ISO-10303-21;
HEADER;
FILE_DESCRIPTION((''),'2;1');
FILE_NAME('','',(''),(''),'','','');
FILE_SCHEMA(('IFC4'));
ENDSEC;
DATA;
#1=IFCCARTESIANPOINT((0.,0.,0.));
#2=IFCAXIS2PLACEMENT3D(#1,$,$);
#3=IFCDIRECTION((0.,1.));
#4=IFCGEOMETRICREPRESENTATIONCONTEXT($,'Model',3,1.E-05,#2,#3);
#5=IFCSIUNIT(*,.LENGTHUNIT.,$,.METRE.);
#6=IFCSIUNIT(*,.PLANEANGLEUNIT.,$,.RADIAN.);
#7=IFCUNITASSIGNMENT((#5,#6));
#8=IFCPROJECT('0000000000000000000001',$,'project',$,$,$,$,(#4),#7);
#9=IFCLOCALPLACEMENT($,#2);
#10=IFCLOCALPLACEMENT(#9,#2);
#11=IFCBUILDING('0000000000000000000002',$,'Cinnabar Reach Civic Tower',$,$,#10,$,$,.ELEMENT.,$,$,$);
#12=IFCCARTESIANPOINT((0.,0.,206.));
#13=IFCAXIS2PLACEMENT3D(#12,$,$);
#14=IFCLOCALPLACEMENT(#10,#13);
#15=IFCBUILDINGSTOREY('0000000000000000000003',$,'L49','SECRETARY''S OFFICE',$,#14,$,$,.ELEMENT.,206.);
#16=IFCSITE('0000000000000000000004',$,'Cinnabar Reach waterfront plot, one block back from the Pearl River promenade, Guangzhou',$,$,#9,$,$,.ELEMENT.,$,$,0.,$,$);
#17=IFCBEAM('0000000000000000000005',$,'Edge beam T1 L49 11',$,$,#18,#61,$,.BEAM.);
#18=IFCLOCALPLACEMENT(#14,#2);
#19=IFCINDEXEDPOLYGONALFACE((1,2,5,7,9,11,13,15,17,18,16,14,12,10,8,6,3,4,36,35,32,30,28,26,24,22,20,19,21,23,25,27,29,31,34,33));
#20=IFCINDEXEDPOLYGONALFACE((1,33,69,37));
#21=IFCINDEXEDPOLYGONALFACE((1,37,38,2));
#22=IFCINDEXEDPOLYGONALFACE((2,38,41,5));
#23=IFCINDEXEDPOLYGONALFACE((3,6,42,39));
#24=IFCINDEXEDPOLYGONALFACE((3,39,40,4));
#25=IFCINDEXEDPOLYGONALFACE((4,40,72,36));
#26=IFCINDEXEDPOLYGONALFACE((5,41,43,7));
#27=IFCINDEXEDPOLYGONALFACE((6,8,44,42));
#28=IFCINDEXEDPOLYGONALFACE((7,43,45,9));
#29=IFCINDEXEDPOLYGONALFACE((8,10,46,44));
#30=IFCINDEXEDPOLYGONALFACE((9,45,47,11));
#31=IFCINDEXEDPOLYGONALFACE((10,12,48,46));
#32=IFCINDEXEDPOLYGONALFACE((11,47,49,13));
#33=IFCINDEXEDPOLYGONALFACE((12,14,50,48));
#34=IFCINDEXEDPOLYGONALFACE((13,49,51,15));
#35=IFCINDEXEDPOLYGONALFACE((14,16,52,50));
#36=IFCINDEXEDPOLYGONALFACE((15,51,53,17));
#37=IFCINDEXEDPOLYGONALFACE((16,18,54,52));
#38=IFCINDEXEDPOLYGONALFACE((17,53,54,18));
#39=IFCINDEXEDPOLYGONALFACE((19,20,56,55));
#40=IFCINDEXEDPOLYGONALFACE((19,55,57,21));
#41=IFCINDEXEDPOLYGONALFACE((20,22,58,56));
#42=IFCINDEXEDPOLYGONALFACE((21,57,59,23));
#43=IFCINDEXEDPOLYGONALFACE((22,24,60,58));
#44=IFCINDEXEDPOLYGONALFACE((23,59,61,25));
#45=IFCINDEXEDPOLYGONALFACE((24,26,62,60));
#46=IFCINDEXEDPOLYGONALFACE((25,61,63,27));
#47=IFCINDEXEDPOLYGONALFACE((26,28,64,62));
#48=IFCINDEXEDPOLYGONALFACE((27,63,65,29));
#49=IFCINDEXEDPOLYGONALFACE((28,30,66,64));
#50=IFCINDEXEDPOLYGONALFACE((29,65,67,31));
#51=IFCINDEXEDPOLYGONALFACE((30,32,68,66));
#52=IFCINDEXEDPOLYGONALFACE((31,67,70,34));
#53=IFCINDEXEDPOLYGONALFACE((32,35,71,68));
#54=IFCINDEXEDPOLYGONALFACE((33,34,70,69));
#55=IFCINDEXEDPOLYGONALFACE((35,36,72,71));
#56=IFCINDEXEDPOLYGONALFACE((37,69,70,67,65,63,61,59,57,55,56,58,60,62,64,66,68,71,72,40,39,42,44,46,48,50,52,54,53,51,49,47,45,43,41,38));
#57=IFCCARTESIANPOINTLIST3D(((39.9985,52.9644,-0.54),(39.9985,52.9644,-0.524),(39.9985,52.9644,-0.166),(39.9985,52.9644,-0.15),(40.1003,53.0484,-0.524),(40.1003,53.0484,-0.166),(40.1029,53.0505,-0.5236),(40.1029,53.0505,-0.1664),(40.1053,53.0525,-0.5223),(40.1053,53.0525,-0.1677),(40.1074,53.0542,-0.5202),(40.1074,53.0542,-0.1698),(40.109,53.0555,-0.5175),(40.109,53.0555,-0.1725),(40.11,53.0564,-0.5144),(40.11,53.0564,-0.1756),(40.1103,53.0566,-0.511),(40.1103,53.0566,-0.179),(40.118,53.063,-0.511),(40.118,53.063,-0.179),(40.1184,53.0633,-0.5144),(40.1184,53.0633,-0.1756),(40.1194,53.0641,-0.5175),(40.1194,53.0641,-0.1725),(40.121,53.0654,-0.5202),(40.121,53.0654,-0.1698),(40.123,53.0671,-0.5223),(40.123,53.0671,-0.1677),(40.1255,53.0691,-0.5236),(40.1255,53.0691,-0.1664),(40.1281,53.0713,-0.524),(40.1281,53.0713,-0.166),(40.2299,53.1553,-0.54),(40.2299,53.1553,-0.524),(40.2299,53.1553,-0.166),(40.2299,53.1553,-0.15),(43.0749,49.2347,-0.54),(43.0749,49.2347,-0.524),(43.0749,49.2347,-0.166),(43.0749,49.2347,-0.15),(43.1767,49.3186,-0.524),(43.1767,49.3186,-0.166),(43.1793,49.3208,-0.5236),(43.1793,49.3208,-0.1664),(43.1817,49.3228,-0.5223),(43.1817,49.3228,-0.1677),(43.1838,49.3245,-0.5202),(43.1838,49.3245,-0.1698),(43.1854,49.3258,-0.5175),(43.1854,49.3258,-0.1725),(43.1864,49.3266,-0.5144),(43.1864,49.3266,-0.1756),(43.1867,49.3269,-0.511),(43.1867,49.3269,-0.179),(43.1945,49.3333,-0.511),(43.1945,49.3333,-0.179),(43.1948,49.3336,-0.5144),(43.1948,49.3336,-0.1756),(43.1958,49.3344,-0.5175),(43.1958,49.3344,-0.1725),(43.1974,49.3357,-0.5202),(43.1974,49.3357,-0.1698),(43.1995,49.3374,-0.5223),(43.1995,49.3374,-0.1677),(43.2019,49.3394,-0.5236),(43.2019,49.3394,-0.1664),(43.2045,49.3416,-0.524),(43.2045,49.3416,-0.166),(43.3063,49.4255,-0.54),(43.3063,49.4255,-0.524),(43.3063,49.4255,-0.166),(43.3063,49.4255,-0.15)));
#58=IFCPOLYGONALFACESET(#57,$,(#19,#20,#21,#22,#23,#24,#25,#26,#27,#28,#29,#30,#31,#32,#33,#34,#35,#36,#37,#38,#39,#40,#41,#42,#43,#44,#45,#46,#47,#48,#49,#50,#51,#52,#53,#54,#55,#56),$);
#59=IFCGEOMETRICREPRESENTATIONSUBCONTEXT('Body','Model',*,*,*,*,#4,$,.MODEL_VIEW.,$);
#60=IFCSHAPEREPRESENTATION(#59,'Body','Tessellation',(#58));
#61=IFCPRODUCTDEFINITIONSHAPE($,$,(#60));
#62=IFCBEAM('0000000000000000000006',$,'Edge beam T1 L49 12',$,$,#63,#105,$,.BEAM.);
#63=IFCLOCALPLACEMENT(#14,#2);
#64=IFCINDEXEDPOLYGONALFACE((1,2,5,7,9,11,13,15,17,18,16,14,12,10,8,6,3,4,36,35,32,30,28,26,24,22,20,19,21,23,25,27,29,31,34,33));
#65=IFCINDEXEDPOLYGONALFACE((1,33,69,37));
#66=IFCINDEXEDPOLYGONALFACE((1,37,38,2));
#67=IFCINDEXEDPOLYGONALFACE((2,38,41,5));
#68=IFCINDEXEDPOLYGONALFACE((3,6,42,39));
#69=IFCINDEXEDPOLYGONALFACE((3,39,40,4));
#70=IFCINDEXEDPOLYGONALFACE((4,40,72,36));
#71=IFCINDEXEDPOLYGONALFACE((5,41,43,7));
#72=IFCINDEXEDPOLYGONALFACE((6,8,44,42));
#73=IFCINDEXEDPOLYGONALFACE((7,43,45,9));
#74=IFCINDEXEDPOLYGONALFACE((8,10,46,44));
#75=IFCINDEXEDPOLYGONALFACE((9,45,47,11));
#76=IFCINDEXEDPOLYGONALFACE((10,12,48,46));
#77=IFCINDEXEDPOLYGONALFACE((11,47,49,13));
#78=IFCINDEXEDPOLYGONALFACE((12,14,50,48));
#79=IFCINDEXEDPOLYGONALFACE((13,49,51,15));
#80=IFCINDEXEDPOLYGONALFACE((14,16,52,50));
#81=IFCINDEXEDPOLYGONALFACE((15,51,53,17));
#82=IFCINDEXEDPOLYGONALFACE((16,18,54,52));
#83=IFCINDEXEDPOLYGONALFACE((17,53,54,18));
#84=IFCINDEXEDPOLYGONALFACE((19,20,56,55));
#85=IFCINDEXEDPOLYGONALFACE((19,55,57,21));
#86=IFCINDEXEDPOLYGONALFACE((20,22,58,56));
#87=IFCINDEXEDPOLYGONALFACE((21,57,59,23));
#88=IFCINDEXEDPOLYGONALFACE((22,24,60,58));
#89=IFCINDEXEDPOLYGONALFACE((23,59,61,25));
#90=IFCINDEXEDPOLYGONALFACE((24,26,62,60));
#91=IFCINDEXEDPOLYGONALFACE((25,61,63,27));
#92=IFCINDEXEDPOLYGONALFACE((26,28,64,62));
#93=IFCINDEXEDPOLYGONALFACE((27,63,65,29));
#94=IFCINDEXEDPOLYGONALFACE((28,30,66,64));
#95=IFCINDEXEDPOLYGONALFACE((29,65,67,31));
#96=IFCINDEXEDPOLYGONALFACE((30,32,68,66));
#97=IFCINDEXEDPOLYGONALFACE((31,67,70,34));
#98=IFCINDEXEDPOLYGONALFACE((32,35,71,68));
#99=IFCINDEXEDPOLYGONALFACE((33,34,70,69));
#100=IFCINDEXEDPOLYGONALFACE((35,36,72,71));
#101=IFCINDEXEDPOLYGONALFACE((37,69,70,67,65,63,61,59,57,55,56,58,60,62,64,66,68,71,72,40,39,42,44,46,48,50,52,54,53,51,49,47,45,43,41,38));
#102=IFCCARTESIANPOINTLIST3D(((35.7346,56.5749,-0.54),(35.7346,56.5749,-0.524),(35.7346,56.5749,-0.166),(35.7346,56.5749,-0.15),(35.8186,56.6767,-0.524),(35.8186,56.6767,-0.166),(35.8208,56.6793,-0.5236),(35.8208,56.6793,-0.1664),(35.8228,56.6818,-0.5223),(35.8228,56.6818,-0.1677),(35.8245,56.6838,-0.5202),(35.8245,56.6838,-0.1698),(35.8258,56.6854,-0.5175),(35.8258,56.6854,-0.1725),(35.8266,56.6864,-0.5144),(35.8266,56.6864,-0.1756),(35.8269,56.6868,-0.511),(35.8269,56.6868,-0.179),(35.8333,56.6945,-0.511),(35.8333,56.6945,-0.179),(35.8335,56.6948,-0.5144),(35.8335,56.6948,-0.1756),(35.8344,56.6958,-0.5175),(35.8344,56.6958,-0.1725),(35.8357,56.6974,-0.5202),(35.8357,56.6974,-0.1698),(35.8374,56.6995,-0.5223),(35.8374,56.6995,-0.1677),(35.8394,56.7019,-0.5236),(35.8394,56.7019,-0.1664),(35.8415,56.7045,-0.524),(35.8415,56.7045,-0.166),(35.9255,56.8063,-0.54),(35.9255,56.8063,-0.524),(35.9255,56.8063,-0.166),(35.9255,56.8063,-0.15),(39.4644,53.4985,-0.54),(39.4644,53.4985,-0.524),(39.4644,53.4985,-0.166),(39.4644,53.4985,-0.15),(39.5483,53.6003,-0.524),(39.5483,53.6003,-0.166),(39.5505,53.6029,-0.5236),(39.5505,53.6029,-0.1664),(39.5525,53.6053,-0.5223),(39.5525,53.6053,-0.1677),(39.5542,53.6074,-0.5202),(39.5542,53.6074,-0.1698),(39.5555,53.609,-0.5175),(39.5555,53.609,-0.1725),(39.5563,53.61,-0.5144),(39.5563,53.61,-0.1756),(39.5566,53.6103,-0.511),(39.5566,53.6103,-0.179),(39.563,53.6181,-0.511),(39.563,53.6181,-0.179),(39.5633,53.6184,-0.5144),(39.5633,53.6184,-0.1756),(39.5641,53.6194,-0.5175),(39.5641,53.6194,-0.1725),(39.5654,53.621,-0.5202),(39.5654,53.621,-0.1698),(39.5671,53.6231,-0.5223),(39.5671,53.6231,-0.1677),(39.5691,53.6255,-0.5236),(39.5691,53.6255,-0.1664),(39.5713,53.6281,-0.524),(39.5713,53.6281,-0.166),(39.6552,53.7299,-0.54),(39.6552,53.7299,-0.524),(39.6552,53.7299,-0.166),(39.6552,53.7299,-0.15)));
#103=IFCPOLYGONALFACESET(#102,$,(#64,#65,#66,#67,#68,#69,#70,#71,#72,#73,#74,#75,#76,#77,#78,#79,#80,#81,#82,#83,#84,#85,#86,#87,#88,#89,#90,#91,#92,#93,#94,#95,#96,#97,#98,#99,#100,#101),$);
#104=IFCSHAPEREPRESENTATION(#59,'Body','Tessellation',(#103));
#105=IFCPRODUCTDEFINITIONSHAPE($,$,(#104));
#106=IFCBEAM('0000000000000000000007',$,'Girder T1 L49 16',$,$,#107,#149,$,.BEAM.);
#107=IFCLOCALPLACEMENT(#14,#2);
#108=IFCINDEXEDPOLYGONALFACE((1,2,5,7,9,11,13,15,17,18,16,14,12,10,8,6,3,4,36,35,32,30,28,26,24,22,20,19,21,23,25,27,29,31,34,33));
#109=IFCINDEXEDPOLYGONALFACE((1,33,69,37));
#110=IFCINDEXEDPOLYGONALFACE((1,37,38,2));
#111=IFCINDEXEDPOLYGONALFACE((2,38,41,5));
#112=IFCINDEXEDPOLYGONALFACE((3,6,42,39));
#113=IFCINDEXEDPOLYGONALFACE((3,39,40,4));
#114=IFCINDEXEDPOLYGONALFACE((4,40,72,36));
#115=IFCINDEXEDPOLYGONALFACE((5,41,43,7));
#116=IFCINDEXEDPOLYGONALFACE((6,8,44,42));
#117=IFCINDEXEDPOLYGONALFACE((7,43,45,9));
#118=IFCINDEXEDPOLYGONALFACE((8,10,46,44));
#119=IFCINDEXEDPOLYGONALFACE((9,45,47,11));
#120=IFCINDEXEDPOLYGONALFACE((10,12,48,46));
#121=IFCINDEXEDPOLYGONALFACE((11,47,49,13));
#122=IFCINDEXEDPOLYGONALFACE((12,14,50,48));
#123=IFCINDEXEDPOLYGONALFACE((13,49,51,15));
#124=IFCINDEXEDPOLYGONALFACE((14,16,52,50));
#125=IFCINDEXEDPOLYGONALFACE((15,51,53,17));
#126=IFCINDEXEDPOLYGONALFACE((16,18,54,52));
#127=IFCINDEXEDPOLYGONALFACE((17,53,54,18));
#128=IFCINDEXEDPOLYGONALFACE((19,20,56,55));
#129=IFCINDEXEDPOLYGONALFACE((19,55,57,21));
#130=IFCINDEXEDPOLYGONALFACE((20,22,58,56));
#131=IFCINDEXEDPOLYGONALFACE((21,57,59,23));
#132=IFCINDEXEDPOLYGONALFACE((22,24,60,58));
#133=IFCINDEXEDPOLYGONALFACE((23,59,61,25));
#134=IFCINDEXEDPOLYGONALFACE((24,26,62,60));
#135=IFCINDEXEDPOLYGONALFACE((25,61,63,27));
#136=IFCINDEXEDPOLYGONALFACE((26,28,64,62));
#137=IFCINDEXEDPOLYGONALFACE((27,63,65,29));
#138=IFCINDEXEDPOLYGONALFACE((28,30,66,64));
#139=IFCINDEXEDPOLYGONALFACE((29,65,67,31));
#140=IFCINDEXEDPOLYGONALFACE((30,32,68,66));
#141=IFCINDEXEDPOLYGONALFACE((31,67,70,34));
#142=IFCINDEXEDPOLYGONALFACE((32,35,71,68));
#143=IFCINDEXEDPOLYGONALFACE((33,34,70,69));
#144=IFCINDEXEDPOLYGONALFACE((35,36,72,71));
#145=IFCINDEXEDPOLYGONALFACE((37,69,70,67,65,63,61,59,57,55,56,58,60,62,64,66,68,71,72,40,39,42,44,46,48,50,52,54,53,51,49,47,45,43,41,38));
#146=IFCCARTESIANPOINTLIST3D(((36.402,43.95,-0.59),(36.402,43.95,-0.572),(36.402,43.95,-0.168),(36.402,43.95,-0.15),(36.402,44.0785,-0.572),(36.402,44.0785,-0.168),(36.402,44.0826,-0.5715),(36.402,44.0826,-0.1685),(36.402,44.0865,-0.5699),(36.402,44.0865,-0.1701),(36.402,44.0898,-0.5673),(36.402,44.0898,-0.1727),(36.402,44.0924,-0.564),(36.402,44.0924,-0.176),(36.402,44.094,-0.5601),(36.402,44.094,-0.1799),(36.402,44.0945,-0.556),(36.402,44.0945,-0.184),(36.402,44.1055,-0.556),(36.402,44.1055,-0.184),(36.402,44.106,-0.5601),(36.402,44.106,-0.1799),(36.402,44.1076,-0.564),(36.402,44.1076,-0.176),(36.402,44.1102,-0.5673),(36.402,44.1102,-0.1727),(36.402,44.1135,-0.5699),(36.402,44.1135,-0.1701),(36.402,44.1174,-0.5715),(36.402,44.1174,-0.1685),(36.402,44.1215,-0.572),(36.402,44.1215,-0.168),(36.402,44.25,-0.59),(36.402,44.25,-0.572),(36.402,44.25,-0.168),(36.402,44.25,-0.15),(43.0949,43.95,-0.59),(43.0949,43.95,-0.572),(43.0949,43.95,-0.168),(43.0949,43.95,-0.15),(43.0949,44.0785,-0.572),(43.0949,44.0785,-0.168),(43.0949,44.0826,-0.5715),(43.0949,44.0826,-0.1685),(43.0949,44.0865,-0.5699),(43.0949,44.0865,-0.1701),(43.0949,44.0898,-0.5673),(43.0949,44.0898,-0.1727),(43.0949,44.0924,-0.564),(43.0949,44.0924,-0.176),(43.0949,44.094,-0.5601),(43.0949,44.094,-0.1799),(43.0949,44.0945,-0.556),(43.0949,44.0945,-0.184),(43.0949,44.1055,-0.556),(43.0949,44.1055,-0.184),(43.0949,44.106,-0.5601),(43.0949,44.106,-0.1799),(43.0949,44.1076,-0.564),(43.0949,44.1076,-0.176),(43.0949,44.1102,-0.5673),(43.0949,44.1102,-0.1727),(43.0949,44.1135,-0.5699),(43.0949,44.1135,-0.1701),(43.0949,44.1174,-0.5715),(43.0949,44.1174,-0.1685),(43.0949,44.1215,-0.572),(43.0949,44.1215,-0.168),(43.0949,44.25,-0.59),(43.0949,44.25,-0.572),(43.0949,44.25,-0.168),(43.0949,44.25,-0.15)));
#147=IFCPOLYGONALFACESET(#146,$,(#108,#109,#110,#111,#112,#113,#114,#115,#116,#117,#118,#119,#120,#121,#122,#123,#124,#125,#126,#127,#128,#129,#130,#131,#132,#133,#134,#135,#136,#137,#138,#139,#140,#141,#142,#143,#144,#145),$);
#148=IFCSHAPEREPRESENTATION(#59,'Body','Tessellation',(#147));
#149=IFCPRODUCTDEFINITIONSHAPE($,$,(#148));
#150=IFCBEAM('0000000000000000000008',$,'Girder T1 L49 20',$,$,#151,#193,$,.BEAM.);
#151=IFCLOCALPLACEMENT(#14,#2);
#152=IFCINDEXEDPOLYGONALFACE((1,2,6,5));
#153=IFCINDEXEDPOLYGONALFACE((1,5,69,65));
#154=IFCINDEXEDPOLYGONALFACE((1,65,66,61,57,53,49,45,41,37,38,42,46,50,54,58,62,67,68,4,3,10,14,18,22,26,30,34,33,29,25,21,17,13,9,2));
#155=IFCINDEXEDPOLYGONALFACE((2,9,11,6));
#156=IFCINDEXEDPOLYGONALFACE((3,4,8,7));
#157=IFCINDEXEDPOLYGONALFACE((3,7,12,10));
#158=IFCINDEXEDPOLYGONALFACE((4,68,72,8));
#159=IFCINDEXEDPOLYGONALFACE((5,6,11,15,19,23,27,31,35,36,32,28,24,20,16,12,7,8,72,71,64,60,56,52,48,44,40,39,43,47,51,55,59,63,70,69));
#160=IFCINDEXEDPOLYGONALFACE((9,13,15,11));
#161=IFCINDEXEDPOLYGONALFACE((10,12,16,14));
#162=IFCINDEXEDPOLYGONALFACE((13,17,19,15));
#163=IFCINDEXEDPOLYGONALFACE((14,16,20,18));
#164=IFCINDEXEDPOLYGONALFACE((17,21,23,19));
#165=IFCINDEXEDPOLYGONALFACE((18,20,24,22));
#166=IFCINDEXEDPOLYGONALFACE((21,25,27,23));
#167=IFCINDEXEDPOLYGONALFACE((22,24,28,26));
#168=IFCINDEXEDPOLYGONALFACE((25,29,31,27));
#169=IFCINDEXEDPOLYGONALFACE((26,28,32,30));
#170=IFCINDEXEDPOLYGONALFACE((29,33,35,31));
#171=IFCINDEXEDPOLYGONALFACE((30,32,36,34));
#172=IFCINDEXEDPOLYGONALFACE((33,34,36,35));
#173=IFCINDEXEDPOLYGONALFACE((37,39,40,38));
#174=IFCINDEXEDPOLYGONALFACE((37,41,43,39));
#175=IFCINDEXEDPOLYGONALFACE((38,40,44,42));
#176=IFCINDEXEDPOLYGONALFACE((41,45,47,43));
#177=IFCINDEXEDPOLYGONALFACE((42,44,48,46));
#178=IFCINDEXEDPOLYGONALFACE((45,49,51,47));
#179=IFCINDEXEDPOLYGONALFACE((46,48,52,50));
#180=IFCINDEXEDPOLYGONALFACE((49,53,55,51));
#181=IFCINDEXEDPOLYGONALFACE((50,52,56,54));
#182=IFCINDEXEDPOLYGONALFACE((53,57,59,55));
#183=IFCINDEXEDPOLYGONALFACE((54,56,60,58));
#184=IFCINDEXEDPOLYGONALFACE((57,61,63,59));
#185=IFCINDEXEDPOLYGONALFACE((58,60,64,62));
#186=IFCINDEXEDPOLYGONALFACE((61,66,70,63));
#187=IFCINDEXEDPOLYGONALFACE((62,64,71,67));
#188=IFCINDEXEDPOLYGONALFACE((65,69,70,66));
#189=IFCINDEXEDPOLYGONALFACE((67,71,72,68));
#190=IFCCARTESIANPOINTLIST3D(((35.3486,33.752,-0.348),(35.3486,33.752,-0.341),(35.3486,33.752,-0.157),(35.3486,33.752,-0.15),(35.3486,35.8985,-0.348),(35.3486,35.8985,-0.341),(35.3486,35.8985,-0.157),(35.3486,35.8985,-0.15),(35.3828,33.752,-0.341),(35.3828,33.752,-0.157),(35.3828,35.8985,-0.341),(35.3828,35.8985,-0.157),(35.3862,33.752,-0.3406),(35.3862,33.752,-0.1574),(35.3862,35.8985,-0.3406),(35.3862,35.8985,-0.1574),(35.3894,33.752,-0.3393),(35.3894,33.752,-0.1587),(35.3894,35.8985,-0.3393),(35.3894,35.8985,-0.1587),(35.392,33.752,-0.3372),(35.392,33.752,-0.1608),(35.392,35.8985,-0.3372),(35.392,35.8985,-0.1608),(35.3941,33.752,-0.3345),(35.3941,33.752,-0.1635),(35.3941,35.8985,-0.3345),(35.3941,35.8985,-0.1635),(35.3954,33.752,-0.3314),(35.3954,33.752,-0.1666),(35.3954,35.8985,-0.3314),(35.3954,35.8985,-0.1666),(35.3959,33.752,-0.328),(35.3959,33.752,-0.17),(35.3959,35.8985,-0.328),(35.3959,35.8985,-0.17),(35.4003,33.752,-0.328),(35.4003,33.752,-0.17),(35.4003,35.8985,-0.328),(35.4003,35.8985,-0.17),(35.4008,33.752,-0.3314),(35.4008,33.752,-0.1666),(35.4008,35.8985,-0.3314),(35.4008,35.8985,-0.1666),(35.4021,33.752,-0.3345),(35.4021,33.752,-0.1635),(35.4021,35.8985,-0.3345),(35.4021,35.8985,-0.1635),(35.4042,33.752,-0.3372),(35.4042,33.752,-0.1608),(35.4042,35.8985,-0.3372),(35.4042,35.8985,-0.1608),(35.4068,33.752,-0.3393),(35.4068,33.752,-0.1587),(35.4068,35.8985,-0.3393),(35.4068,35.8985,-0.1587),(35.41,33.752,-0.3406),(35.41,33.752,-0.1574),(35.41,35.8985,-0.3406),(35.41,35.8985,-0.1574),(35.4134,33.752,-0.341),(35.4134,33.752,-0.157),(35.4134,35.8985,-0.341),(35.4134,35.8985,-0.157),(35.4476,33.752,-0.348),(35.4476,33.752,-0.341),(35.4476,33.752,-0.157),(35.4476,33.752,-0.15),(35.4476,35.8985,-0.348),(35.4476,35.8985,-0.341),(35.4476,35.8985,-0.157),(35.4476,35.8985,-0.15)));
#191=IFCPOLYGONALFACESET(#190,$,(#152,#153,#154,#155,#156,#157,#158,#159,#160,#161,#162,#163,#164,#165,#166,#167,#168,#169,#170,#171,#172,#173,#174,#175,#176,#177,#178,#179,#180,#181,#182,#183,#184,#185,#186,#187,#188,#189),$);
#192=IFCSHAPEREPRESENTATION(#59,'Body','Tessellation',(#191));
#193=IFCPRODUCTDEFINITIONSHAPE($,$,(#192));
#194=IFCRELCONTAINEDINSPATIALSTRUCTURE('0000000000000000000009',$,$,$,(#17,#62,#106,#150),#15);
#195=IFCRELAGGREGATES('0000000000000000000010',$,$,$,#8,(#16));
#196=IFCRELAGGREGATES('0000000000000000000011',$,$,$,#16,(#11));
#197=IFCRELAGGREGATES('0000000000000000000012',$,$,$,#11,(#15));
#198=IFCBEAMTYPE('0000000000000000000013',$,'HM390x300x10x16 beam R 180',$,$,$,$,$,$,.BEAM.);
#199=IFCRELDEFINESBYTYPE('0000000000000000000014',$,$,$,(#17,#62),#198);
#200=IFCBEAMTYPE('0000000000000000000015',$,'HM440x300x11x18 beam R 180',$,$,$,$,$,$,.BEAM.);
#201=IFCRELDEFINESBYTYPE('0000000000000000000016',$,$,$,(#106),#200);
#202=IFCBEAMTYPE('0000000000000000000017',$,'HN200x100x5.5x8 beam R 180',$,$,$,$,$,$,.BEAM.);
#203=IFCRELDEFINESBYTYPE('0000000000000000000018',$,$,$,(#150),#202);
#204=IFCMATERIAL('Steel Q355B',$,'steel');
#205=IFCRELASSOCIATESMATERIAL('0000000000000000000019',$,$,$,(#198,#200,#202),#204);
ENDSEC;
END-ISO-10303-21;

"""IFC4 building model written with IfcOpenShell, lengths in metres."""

from ifc_helpers import new_model, si_unit, direction, frame, origin, origin_2d, place, context, subcontext, project, spatial, i_section, extrude, material, material_profile, profile_set, type_object, element, save


model = new_model("IFC4")

# Units and contexts
model_context = context("Model", 3, precision=1e-05, world=origin(), true_north=direction((0.0, 1.0)))
body_context = subcontext(model_context, "Body", "Model", "MODEL_VIEW")
ifc_project = project(units=[si_unit("LENGTHUNIT", "METRE"), si_unit("PLANEANGLEUNIT", "RADIAN")], contexts=[model_context])

# Site, building, storey
site_placement = place(None, origin())
site = spatial("IfcSite", under=ifc_project, at=site_placement, Name="Cinnabar Reach waterfront plot, one block back from the Pearl River promenade, Guangzhou", CompositionType="ELEMENT", RefElevation=0.0)
building_placement = place(site_placement, origin())
building = spatial("IfcBuilding", under=site, at=building_placement, Name="Cinnabar Reach Civic Tower", CompositionType="ELEMENT")
storey_placement = place(building_placement, frame((0.0, 0.0, 206.0)))
storey = spatial("IfcBuildingStorey", under=building, at=storey_placement, Name="L49", Description="SECRETARY'S OFFICE", CompositionType="ELEMENT", Elevation=206.0)

# Beams
ifc_material_1 = material(Name="Steel Q355B", Category="steel")
ifc_material_profile_1 = material_profile(ifc_material_1, i_section(OverallWidth=0.3, OverallDepth=0.39, WebThickness=0.01, FlangeThickness=0.016, FilletRadius=0.013, at=origin_2d()), Name="HM390x300x10x16")
ifc_profile_set_1 = profile_set([ifc_material_profile_1], Name="Steel Q355B")
beam_type_1 = type_object("IfcBeamType", Name="HM390x300x10x16 beam R 180", PredefinedType="BEAM", material=ifc_profile_set_1)
for number, where, z_axis, x_axis, name in (
    (1, (43.1906, 49.3301, -0.345), (-0.636309, 0.771434, 0.0), (-0.771434, -0.636309, 0.0), "Edge beam T1 L49 11"),
    (2, (39.5598, 53.6142, -0.345), (-0.771434, 0.636309, 0.0), (-0.636309, -0.771434, 0.0), "Edge beam T1 L49 12"),
):
    element("IfcBeam", number, at=place(storey_placement, frame(where, z_axis=z_axis, x_axis=x_axis)), inside=storey, type_object=beam_type_1, Name=name, PredefinedType="BEAM", context=body_context, shape_type="SweptSolid", body=[
        extrude(i_section(OverallWidth=0.3, OverallDepth=0.39, WebThickness=0.01, FlangeThickness=0.016, FilletRadius=0.013, at=origin_2d()), origin(), (0.0, 0.0, 1.0), 4.8348),
    ])
ifc_material_profile_2 = material_profile(ifc_material_1, i_section(OverallWidth=0.3, OverallDepth=0.44, WebThickness=0.011, FlangeThickness=0.018, FilletRadius=0.016, at=origin_2d()), Name="HM440x300x11x18")
ifc_profile_set_2 = profile_set([ifc_material_profile_2], Name="Steel Q355B")
beam_type_2 = type_object("IfcBeamType", Name="HM440x300x11x18 beam R 180", PredefinedType="BEAM", material=ifc_profile_set_2)
beam_1_placement = place(storey_placement, frame((36.402, 44.1, -0.37), z_axis=(1.0, 0.0, 0.0), x_axis=(0.0, 1.0, 0.0)))
element("IfcBeam", 3, at=beam_1_placement, inside=storey, type_object=beam_type_2, Name="Girder T1 L49 16", PredefinedType="BEAM", context=body_context, shape_type="SweptSolid", body=[
    extrude(i_section(OverallWidth=0.3, OverallDepth=0.44, WebThickness=0.011, FlangeThickness=0.018, FilletRadius=0.016, at=origin_2d()), origin(), (0.0, 0.0, 1.0), 6.6929),
])
ifc_material_profile_3 = material_profile(ifc_material_1, i_section(OverallWidth=0.099, OverallDepth=0.198, WebThickness=0.0045, FlangeThickness=0.007, FilletRadius=0.013, at=origin_2d()), Name="HN200x100x5.5x8")
ifc_profile_set_3 = profile_set([ifc_material_profile_3], Name="Steel Q355B")
beam_type_3 = type_object("IfcBeamType", Name="HN200x100x5.5x8 beam R 180", PredefinedType="BEAM", material=ifc_profile_set_3)
beam_2_placement = place(storey_placement, frame((35.3981, 33.752, -0.249), z_axis=(0.0, 1.0, 0.0), x_axis=(-1.0, 0.0, 0.0)))
element("IfcBeam", 4, at=beam_2_placement, inside=storey, type_object=beam_type_3, Name="Girder T1 L49 20", PredefinedType="BEAM", context=body_context, shape_type="SweptSolid", body=[
    extrude(i_section(OverallWidth=0.099, OverallDepth=0.198, WebThickness=0.0045, FlangeThickness=0.007, FilletRadius=0.013, at=origin_2d()), origin(), (0.0, 0.0, 1.0), 2.1465),
])

save(model, "model.ifc")
